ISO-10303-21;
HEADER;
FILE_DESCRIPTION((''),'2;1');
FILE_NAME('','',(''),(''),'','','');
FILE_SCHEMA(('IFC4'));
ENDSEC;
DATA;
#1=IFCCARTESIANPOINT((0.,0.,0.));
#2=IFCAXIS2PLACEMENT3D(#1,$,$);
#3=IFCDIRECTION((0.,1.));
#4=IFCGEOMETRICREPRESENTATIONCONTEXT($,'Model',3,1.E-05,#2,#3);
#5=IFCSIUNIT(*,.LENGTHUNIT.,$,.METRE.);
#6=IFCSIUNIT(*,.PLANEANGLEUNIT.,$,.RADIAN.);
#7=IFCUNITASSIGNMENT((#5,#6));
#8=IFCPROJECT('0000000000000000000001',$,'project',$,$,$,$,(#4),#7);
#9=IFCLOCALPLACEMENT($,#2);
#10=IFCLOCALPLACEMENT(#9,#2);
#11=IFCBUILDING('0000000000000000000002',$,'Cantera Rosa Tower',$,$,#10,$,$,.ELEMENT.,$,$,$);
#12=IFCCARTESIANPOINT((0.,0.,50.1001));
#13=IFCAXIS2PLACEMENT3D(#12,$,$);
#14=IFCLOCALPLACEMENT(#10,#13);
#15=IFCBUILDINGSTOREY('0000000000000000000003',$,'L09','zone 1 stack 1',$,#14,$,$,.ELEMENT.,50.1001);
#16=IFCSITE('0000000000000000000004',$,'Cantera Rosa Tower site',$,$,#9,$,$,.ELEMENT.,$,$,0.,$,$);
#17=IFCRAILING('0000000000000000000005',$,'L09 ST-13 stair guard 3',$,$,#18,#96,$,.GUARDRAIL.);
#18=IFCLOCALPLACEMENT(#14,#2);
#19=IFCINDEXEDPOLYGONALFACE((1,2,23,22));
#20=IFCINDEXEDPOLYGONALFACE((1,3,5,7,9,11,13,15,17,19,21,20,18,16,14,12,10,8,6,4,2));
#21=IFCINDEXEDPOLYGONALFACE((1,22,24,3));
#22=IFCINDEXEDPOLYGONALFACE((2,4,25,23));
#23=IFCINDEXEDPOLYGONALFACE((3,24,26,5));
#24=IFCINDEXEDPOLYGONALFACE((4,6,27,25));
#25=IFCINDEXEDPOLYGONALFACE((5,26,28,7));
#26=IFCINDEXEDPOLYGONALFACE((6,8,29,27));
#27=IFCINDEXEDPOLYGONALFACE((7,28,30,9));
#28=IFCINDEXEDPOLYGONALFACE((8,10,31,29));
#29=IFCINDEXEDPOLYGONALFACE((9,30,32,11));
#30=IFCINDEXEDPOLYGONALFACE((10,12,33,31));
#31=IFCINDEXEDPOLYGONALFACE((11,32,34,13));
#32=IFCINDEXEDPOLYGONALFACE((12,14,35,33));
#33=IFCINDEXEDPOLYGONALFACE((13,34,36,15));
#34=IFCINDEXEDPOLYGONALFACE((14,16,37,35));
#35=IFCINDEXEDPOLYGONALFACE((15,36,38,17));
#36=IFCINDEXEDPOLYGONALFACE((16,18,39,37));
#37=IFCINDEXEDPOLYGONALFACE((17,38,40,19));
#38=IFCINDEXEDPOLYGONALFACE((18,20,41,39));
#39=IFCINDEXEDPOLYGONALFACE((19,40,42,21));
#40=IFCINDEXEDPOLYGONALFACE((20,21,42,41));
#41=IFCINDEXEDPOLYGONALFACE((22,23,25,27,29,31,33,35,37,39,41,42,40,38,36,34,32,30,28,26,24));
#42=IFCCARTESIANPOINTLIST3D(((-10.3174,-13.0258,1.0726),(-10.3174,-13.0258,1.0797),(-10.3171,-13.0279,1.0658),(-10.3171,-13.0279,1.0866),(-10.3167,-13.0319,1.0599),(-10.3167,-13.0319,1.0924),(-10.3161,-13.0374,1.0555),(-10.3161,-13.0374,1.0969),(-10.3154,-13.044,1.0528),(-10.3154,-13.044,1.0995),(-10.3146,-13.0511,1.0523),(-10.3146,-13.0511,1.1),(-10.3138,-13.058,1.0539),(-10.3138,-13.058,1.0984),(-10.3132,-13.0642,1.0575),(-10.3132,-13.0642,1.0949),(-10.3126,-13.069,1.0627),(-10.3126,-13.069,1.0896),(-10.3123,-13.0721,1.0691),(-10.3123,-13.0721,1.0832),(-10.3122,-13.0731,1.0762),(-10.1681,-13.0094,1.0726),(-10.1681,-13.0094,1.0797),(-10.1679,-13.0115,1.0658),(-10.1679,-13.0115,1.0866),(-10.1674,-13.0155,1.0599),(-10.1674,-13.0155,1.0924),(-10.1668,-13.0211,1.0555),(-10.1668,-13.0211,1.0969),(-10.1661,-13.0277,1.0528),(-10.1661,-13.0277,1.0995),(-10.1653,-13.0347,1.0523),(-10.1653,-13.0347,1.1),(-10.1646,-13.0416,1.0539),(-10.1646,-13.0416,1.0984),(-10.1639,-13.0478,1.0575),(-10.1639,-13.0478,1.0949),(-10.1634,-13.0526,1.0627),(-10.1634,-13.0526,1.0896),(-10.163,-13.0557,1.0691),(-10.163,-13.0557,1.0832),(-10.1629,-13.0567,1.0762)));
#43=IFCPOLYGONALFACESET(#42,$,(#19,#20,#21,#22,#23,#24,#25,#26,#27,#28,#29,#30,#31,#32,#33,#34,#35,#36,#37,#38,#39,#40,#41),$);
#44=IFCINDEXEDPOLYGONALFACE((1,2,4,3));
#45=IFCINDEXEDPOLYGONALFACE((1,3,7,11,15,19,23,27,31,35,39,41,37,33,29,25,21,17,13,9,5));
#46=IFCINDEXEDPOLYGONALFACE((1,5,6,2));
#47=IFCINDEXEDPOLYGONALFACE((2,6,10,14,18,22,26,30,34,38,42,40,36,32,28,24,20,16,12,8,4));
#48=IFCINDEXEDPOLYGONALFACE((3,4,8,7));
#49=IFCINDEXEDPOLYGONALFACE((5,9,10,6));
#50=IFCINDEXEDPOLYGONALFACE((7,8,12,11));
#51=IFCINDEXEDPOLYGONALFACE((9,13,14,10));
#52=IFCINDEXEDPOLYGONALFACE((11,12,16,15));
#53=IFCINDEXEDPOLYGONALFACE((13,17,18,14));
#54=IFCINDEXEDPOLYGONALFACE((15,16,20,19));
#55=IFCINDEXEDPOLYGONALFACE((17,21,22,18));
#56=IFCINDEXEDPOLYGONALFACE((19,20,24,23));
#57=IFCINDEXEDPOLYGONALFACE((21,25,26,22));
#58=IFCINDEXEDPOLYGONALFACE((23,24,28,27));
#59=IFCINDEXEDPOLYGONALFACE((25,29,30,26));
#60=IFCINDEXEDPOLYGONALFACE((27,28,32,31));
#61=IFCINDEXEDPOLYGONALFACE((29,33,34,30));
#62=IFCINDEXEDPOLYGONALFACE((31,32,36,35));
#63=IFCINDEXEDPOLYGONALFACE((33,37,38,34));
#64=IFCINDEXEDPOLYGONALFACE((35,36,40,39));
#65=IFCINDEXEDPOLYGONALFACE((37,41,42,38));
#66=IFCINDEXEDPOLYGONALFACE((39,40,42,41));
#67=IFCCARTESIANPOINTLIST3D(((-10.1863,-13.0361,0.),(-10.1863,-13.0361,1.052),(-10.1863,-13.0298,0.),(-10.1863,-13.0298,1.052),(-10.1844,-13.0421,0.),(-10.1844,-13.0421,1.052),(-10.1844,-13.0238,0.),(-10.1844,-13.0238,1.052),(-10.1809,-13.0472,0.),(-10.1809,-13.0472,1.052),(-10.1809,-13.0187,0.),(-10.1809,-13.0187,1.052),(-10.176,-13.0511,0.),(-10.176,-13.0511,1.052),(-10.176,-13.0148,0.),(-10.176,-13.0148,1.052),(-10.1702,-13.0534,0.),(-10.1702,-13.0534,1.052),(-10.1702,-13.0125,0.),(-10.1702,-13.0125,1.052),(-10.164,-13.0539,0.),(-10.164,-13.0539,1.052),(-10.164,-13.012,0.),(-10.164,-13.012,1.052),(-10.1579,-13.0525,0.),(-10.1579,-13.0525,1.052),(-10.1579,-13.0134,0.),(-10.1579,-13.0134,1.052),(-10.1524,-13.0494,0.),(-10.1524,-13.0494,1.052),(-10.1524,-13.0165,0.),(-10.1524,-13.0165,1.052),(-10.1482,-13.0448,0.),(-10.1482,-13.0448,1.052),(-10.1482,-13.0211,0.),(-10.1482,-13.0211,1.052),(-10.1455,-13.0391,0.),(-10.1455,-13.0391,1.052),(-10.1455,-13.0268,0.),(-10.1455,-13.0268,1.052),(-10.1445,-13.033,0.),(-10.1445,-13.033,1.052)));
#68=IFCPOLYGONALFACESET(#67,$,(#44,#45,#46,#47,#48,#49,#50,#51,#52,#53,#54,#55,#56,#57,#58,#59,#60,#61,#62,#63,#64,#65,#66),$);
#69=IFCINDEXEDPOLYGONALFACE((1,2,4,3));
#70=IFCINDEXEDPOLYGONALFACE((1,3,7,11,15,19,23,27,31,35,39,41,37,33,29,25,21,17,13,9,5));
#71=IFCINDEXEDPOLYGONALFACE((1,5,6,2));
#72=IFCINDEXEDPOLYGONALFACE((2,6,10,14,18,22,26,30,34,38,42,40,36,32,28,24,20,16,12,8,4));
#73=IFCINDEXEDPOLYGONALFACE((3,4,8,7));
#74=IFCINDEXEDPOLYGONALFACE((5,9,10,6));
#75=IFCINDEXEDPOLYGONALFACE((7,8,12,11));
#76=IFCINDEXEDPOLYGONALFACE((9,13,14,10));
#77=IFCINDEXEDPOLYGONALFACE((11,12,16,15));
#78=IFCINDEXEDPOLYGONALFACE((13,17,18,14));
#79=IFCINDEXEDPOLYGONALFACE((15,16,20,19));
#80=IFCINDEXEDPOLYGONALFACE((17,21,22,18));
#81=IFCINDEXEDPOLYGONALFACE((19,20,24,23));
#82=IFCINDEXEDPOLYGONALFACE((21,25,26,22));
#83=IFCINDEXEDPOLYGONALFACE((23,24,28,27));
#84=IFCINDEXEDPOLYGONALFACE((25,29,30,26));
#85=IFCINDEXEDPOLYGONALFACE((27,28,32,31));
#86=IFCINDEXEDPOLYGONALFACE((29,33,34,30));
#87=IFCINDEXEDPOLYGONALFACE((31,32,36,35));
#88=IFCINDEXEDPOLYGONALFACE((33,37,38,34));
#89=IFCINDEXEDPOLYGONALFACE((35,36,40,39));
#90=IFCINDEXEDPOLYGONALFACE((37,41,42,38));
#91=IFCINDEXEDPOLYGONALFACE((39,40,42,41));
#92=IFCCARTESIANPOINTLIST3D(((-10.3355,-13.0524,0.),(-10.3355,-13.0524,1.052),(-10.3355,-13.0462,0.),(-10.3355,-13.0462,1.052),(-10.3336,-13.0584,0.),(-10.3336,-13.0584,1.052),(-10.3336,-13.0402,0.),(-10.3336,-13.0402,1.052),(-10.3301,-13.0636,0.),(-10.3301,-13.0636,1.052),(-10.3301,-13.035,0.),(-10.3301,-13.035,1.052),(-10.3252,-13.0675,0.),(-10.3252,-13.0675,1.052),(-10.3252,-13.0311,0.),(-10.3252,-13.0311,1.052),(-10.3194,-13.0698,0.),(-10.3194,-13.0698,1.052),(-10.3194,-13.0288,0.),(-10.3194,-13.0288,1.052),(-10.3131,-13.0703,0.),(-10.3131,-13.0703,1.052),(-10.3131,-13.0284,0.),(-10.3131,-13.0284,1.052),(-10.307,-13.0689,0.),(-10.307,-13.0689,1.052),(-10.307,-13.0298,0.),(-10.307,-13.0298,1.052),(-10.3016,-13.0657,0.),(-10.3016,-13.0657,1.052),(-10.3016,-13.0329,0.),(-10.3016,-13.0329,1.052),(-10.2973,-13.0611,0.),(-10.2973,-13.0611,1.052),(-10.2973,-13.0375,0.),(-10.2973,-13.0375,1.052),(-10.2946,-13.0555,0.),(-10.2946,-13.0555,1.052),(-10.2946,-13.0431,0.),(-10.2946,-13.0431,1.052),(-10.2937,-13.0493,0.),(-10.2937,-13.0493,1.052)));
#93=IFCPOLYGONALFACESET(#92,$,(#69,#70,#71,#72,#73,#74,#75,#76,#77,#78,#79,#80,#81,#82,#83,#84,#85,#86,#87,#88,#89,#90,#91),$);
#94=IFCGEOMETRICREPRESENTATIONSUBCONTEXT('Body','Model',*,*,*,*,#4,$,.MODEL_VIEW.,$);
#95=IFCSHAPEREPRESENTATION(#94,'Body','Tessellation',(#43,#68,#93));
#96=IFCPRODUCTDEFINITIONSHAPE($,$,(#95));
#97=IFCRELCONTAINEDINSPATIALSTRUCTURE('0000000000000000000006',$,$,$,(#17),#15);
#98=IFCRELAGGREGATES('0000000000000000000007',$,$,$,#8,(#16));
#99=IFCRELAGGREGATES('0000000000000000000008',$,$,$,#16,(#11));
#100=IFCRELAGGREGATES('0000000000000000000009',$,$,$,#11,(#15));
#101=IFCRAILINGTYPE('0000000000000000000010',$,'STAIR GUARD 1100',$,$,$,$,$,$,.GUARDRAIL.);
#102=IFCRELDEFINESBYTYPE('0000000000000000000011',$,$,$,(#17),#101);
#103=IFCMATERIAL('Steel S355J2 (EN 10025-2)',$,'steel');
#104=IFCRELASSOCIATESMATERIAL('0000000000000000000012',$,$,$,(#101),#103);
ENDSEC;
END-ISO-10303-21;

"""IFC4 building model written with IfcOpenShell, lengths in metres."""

from ifc_helpers import new_model, si_unit, direction, frame, origin, origin_2d, place, context, subcontext, project, spatial, circle, extrude, material, type_object, element, save


model = new_model("IFC4")

# Units and contexts
model_context = context("Model", 3, precision=1e-05, world=origin(), true_north=direction((0.0, 1.0)))
body_context = subcontext(model_context, "Body", "Model", "MODEL_VIEW")
ifc_project = project(units=[si_unit("LENGTHUNIT", "METRE"), si_unit("PLANEANGLEUNIT", "RADIAN")], contexts=[model_context])

# Site, building, storey
site_placement = place(None, origin())
site = spatial("IfcSite", under=ifc_project, at=site_placement, Name="Cantera Rosa Tower site", CompositionType="ELEMENT", RefElevation=0.0)
building_placement = place(site_placement, origin())
building = spatial("IfcBuilding", under=site, at=building_placement, Name="Cantera Rosa Tower", CompositionType="ELEMENT")
storey_placement = place(building_placement, frame((0.0, 0.0, 50.1001)))
storey = spatial("IfcBuildingStorey", under=building, at=storey_placement, Name="L09", Description="zone 1 stack 1", CompositionType="ELEMENT", Elevation=50.1001)

# Railing
ifc_material_1 = material(Name="Steel S355J2 (EN 10025-2)", Category="steel")
railing_type_1 = type_object("IfcRailingType", Name="STAIR GUARD 1100", PredefinedType="GUARDRAIL", material=ifc_material_1)
railing_1_placement = place(storey_placement, frame((-10.1655, -13.033, 0.0)))
element("IfcRailing", 1, at=railing_1_placement, inside=storey, type_object=railing_type_1, Name="L09 ST-13 stair guard 3", PredefinedType="GUARDRAIL", context=body_context, shape_type="SweptSolid", body=[
    extrude(circle(Radius=0.0239, at=origin_2d()), frame((0.0, 0.0, 1.0762), z_axis=(-0.994041, -0.109003, 0.0), x_axis=(0.109003, -0.994041, 0.0)), (0.0, 0.0, 1.0), 0.1501),
    extrude(circle(Radius=0.021, at=origin_2d()), origin(), (0.0, 0.0, 1.0), 1.052),
    extrude(circle(Radius=0.021, at=origin_2d()), frame((-0.1492, -0.0164, 0.0)), (0.0, 0.0, 1.0), 1.052),
])

save(model, "model.ifc")
